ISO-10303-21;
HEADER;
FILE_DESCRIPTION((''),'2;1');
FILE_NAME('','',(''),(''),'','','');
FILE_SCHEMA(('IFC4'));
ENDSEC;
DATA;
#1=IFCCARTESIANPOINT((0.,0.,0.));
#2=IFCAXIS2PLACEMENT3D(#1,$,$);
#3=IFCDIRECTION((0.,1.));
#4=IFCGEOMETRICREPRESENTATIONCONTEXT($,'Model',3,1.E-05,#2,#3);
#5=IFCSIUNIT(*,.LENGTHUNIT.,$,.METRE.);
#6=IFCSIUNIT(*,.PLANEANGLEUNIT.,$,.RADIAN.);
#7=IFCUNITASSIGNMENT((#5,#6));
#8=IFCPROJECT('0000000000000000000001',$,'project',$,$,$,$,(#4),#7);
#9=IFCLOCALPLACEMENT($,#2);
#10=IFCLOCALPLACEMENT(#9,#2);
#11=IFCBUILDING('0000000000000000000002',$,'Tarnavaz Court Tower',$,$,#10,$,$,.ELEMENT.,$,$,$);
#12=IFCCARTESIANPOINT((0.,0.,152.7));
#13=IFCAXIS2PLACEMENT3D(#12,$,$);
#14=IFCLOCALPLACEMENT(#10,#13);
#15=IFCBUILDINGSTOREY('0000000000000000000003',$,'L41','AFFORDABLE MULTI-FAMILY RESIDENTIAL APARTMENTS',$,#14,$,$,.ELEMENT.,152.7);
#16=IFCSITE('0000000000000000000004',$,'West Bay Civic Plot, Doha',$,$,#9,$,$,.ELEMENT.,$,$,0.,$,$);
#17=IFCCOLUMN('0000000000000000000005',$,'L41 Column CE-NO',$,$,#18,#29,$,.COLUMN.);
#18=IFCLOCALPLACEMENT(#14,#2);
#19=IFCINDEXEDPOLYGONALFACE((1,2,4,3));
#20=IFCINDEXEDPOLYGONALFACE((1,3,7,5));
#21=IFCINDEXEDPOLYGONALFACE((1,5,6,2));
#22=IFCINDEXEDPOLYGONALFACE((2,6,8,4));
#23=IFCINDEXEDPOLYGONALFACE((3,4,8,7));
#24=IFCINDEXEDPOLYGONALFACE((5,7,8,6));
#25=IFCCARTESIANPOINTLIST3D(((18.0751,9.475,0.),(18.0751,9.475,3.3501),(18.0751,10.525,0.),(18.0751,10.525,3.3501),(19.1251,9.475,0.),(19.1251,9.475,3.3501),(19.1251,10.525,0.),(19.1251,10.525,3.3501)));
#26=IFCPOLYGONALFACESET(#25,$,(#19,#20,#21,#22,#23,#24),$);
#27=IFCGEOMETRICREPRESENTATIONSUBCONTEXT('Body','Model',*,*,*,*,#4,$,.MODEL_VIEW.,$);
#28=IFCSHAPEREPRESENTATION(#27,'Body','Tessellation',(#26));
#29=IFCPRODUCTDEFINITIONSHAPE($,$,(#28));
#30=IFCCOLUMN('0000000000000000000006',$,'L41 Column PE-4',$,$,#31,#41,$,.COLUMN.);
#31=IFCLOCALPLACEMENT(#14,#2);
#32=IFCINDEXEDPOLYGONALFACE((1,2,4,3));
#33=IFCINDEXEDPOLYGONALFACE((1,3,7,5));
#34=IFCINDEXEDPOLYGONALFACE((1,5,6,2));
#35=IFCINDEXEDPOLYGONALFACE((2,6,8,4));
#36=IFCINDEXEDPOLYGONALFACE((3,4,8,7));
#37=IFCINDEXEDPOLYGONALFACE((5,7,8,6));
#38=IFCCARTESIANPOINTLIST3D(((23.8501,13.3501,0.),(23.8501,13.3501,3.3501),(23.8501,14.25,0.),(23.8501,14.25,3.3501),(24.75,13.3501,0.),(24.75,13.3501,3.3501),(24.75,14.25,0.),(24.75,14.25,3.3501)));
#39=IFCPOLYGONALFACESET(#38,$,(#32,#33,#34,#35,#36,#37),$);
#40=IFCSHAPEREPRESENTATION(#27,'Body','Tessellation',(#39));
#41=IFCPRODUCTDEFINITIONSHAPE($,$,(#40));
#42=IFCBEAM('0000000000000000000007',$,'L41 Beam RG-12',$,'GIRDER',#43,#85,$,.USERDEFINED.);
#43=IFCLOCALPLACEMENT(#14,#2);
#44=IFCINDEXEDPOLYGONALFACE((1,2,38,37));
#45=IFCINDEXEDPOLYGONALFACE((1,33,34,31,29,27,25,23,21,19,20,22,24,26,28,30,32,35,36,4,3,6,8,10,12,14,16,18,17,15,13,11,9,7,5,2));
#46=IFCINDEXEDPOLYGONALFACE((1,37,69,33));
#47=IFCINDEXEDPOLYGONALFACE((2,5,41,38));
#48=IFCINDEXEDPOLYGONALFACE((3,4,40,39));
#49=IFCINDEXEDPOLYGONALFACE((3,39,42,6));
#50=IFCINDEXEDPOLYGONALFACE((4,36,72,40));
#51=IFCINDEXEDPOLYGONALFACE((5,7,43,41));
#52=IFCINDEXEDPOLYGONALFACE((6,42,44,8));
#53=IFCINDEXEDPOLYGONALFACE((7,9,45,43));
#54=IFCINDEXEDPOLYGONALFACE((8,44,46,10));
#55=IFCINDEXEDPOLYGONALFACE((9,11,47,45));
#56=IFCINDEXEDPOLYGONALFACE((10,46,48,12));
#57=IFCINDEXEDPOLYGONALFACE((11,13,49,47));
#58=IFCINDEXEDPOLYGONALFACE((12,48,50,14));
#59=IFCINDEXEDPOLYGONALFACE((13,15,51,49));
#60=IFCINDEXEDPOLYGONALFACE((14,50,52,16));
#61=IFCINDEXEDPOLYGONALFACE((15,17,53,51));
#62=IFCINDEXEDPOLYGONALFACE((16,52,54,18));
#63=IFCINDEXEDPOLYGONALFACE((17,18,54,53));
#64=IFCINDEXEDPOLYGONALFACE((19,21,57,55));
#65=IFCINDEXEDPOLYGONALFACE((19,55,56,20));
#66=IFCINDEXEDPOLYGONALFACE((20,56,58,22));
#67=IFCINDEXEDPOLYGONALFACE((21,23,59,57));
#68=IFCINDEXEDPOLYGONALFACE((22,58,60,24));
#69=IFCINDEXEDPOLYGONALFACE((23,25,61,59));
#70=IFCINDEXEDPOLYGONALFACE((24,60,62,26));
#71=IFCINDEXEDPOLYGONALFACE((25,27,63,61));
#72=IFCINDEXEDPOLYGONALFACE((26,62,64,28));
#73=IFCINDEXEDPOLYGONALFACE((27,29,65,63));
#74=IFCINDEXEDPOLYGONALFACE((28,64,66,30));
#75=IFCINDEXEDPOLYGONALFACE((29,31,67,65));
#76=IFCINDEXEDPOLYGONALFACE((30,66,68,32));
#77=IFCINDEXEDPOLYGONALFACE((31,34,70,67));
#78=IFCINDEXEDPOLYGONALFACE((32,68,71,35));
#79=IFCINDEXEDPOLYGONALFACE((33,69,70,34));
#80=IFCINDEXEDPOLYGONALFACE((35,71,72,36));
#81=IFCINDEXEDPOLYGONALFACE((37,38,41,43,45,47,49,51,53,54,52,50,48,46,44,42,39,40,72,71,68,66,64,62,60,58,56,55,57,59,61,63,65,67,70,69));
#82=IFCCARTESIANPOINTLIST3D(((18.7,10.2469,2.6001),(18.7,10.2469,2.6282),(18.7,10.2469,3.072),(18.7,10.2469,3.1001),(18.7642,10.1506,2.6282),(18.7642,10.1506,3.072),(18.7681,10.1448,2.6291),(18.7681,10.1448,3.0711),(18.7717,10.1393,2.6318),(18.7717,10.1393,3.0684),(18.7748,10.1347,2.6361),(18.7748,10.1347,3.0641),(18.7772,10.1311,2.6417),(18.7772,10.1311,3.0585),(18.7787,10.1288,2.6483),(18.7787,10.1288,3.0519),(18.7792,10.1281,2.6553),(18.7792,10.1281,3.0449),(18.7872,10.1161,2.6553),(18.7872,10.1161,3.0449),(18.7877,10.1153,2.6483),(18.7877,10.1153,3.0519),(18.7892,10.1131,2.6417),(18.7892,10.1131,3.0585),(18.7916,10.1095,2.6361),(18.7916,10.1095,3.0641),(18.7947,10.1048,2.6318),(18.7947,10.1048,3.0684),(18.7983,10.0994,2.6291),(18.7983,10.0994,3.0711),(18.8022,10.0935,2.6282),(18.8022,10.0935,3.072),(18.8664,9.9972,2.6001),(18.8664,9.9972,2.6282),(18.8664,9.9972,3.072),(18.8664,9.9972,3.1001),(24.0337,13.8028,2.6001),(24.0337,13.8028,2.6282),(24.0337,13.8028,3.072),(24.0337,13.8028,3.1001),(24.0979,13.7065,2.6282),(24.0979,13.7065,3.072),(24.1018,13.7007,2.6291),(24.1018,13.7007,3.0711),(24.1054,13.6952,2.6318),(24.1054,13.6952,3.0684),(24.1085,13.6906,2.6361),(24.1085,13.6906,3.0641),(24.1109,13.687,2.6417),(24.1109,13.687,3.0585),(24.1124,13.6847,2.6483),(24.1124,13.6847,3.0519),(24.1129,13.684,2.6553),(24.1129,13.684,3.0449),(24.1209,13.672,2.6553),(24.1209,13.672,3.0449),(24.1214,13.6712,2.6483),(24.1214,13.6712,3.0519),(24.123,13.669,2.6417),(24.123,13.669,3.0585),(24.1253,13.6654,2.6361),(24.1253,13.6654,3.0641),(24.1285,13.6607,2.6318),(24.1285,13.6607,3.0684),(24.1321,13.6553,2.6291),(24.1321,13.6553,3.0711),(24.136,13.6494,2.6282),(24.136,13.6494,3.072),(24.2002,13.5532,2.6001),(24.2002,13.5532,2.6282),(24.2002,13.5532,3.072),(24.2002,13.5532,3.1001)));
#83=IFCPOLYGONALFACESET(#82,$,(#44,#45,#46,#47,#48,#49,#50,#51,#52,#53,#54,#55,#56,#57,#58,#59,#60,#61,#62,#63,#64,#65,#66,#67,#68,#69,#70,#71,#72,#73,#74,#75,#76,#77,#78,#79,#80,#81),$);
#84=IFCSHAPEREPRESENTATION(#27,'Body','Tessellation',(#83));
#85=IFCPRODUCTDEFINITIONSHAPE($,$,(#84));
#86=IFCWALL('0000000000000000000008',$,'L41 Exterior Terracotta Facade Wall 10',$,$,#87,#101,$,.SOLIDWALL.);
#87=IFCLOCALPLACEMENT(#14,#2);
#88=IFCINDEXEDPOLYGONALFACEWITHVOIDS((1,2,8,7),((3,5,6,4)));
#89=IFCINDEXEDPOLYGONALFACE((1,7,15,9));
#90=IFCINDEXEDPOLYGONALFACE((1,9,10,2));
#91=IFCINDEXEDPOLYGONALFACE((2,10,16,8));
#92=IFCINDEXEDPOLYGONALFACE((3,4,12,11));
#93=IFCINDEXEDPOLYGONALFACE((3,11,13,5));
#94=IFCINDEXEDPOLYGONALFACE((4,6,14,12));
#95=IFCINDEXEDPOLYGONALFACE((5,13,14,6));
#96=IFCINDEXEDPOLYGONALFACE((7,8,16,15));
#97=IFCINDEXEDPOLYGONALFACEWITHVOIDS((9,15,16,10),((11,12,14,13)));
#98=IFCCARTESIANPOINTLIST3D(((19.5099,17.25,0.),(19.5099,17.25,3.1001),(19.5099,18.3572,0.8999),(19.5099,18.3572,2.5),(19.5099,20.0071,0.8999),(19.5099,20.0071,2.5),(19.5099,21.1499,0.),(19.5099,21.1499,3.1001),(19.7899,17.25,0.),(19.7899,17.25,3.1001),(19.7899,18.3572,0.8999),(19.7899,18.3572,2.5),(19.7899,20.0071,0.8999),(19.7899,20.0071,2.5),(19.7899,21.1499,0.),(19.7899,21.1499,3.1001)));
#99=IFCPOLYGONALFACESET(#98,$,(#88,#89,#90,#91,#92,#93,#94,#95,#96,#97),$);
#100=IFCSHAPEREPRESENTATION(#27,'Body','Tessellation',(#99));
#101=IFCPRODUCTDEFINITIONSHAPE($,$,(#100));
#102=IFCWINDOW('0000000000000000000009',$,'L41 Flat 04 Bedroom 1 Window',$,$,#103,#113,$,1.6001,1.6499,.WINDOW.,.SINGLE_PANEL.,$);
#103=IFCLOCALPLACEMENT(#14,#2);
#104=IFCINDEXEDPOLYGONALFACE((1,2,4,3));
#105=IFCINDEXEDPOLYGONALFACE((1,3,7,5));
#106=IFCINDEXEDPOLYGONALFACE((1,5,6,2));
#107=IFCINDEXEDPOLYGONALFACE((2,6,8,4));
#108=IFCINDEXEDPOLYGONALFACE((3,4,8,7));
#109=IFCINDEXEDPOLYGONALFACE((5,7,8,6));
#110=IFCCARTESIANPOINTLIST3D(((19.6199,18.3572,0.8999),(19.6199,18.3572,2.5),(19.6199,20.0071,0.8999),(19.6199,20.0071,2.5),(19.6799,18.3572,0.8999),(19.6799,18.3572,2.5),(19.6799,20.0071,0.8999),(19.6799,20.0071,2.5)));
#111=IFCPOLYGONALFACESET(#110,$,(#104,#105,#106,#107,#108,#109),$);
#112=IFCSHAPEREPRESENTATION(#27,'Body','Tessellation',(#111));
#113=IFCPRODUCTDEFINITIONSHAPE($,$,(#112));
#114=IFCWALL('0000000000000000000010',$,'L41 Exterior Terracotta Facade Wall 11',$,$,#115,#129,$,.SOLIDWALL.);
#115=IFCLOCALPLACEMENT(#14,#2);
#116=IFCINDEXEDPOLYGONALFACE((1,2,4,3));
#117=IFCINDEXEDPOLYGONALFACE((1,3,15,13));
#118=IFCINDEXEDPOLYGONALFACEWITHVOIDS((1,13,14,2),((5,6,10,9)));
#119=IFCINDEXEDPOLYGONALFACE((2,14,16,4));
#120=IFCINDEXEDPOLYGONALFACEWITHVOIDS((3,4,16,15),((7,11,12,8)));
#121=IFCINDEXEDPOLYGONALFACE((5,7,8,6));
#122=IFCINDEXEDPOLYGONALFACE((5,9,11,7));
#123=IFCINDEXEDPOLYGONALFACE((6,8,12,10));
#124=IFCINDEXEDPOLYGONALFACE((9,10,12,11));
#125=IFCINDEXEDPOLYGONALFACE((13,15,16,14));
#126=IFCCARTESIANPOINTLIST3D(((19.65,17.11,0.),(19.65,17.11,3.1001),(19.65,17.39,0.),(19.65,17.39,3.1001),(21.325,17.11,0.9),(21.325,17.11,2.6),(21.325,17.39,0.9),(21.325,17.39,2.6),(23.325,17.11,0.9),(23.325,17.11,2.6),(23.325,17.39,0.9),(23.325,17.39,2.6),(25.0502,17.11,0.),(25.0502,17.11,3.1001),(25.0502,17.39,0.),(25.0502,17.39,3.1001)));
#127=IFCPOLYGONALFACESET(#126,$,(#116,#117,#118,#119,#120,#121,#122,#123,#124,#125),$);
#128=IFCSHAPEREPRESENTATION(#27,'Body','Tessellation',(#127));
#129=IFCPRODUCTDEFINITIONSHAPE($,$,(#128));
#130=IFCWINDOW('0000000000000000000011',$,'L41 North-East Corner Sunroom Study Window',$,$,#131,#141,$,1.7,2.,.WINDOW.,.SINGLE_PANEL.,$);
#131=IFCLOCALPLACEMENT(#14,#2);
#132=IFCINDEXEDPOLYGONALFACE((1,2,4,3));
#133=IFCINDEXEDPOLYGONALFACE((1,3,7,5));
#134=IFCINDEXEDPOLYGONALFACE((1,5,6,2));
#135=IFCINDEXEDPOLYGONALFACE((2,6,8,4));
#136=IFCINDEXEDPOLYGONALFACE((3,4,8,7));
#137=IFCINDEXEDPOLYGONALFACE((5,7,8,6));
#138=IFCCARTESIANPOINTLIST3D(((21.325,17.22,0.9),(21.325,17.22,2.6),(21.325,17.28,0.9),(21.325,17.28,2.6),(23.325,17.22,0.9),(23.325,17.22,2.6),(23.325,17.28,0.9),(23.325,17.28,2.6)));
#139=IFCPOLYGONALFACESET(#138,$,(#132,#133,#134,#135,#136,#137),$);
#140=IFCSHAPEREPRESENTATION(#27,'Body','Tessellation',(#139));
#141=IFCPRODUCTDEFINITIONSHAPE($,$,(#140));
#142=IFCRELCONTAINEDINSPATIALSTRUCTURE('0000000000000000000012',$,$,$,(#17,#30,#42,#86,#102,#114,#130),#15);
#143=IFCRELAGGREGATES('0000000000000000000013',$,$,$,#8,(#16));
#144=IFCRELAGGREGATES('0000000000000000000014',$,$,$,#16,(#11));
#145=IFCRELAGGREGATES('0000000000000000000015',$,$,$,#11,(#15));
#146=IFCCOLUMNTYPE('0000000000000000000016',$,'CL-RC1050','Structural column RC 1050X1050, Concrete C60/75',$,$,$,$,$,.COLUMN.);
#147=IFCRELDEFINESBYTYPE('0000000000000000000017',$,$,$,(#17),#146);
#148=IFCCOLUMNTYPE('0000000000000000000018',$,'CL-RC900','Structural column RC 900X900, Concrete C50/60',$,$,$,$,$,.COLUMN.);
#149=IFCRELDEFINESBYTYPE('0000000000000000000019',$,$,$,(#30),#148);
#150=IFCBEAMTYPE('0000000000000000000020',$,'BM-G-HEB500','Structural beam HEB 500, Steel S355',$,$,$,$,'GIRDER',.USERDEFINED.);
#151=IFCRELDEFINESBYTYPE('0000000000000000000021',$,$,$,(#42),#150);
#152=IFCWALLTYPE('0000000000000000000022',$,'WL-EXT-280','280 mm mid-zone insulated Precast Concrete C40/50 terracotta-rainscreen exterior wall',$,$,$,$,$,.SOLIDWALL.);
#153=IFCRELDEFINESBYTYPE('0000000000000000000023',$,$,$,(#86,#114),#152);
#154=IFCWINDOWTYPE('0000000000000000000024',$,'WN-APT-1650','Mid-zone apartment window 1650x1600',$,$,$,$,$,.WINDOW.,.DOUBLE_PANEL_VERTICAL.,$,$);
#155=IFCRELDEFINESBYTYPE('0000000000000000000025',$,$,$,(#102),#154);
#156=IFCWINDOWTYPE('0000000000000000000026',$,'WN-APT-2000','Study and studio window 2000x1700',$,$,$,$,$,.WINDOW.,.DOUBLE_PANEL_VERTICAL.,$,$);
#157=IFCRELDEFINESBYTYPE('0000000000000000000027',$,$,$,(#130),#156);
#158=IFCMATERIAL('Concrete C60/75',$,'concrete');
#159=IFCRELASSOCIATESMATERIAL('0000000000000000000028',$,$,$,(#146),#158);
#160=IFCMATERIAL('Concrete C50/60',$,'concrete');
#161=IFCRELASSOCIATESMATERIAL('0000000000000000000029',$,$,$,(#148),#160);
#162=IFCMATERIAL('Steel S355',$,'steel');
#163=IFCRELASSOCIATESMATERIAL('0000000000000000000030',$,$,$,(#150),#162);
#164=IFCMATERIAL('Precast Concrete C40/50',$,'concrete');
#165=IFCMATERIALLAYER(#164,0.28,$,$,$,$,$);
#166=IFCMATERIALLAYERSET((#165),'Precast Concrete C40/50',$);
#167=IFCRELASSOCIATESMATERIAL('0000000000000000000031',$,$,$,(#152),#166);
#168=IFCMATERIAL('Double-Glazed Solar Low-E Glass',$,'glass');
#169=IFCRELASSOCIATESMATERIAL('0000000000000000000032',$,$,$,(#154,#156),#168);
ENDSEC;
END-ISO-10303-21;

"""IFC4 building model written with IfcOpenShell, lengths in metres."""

from ifc_helpers import new_model, si_unit, direction, frame, frame_2d, origin, origin_2d, place, context, subcontext, project, spatial, rectangle, i_section, extrude, material, layer, layer_set, material_profile, profile_set, type_object, element, fill, save


model = new_model("IFC4")

# Units and contexts
model_context = context("Model", 3, precision=1e-05, world=origin(), true_north=direction((0.0, 1.0)))
body_context = subcontext(model_context, "Body", "Model", "MODEL_VIEW")
ifc_project = project(units=[si_unit("LENGTHUNIT", "METRE"), si_unit("PLANEANGLEUNIT", "RADIAN")], contexts=[model_context])

# Site, building, storey
site_placement = place(None, origin())
site = spatial("IfcSite", under=ifc_project, at=site_placement, Name="West Bay Civic Plot, Doha", CompositionType="ELEMENT", RefElevation=0.0)
building_placement = place(site_placement, origin())
building = spatial("IfcBuilding", under=site, at=building_placement, Name="Tarnavaz Court Tower", CompositionType="ELEMENT")
storey_placement = place(building_placement, frame((0.0, 0.0, 152.7)))
storey = spatial("IfcBuildingStorey", under=building, at=storey_placement, Name="L41", Description="AFFORDABLE MULTI-FAMILY RESIDENTIAL APARTMENTS", CompositionType="ELEMENT", Elevation=152.7)

# Columns
ifc_material_1 = material(Name="Concrete C60/75", Category="concrete")
ifc_material_profile_1 = material_profile(ifc_material_1, rectangle(XDim=1.05, YDim=1.05, at=origin_2d()), Name="RC 1050X1050")
ifc_profile_set_1 = profile_set([ifc_material_profile_1], Name="Concrete C60/75")
column_type_1 = type_object("IfcColumnType", Name="CL-RC1050", Description="Structural column RC 1050X1050, Concrete C60/75", PredefinedType="COLUMN", material=ifc_profile_set_1)
column_1_placement = place(storey_placement, frame((18.6001, 10.0, 0.0), z_axis=(0.0, 0.0, 1.0), x_axis=(1.0, 0.0, 0.0)))
element("IfcColumn", 1, at=column_1_placement, inside=storey, type_object=column_type_1, Name="L41 Column CE-NO", PredefinedType="COLUMN", context=body_context, shape_type="SweptSolid", body=[
    extrude(rectangle(XDim=1.05, YDim=1.05, at=origin_2d()), origin(), (0.0, 0.0, 1.0), 3.3501),
])
ifc_material_2 = material(Name="Concrete C50/60", Category="concrete")
ifc_material_profile_2 = material_profile(ifc_material_2, rectangle(XDim=0.8999, YDim=0.8999, at=origin_2d()), Name="RC 900X900")
ifc_profile_set_2 = profile_set([ifc_material_profile_2], Name="Concrete C50/60")
column_type_2 = type_object("IfcColumnType", Name="CL-RC900", Description="Structural column RC 900X900, Concrete C50/60", PredefinedType="COLUMN", material=ifc_profile_set_2)
column_2_placement = place(storey_placement, frame((24.3, 13.8, 0.0), z_axis=(0.0, 0.0, 1.0), x_axis=(1.0, 0.0, 0.0)))
element("IfcColumn", 2, at=column_2_placement, inside=storey, type_object=column_type_2, Name="L41 Column PE-4", PredefinedType="COLUMN", context=body_context, shape_type="SweptSolid", body=[
    extrude(rectangle(XDim=0.8999, YDim=0.8999, at=origin_2d()), origin(), (0.0, 0.0, 1.0), 3.3501),
])

# Beam
ifc_material_3 = material(Name="Steel S355", Category="steel")
ifc_material_profile_3 = material_profile(ifc_material_3, i_section(OverallWidth=0.3, OverallDepth=0.5, WebThickness=0.0144, FlangeThickness=0.0281, FilletRadius=0.0271, at=origin_2d()), Name="HEB 500")
ifc_profile_set_3 = profile_set([ifc_material_profile_3], Name="Steel S355")
beam_type = type_object("IfcBeamType", Name="BM-G-HEB500", Description="Structural beam HEB 500, Steel S355", ElementType="GIRDER", PredefinedType="USERDEFINED", material=ifc_profile_set_3)
beam_placement = place(storey_placement, frame((18.7832, 10.1221, 2.8501), z_axis=(0.832044, 0.554709, 0.0), x_axis=(-0.554709, 0.832044, 0.0)))
element("IfcBeam", 3, at=beam_placement, inside=storey, type_object=beam_type, Name="L41 Beam RG-12", ObjectType="GIRDER", PredefinedType="USERDEFINED", context=body_context, shape_type="SweptSolid", body=[
    extrude(i_section(OverallWidth=0.3, OverallDepth=0.5, WebThickness=0.0144, FlangeThickness=0.0281, FilletRadius=0.0271, at=origin_2d()), origin(), (0.0, 0.0, 1.0), 6.4104),
])

# Walls, openings, windows
ifc_material_4 = material(Name="Precast Concrete C40/50", Category="concrete")
ifc_layer_1 = layer(ifc_material_4, 0.28)
ifc_layer_set_1 = layer_set([ifc_layer_1], Name="Precast Concrete C40/50")
wall_type_1 = type_object("IfcWallType", Name="WL-EXT-280", Description="280 mm mid-zone insulated Precast Concrete C40/50 terracotta-rainscreen exterior wall", PredefinedType="SOLIDWALL", material=ifc_layer_set_1)
wall_1_placement = place(storey_placement, frame((19.6499, 21.1499, 0.0), z_axis=(0.0, 0.0, 1.0), x_axis=(0.0, -1.0, 0.0)))
wall_1 = element("IfcWall", 4, at=wall_1_placement, inside=storey, type_object=wall_type_1, Name="L41 Exterior Terracotta Facade Wall 10", PredefinedType="SOLIDWALL", context=body_context, shape_type="SweptSolid", body=[
    extrude(rectangle(XDim=3.8999, YDim=0.28, at=frame_2d((1.95, 0.0))), origin(), (0.0, 0.0, 1.0), 3.1001),
])
opening_1_placement = place(wall_1_placement, frame((1.1428, 0.0, 0.8999)))
opening_1 = element("IfcOpeningElement", 5, at=opening_1_placement, cuts=wall_1, PredefinedType="OPENING", context=body_context, shape_type="SweptSolid", body=[
    extrude(rectangle(XDim=1.6499, YDim=1.6001, at=frame_2d((0.825, 0.8))), frame((0.0, 0.1499, 0.0), z_axis=(0.0, -1.0, 0.0), x_axis=(1.0, 0.0, 0.0)), (0.0, 0.0, 1.0), 0.3),
])
ifc_material_5 = material(Name="Double-Glazed Solar Low-E Glass", Category="glass")
window_type_1 = type_object("IfcWindowType", Name="WN-APT-1650", Description="Mid-zone apartment window 1650x1600", PartitioningType="DOUBLE_PANEL_VERTICAL", PredefinedType="WINDOW", material=ifc_material_5)
window_1_placement = place(opening_1_placement, origin())
window_1 = element("IfcWindow", 6, at=window_1_placement, inside=storey, type_object=window_type_1, Name="L41 Flat 04 Bedroom 1 Window", OverallHeight=1.6001, OverallWidth=1.6499, PartitioningType="SINGLE_PANEL", PredefinedType="WINDOW", context=body_context, shape_type="SweptSolid", body=[
    extrude(rectangle(XDim=1.6499, YDim=1.6001, at=frame_2d((0.825, 0.8))), frame((0.0, 0.03, 0.0), z_axis=(0.0, -1.0, 0.0), x_axis=(1.0, 0.0, 0.0)), (0.0, 0.0, 1.0), 0.0601),
])
fill(opening_1, window_1)
wall_2_placement = place(storey_placement, frame((19.6499, 17.25, 0.0), z_axis=(0.0, 0.0, 1.0), x_axis=(1.0, 0.0, 0.0)))
wall_2 = element("IfcWall", 7, at=wall_2_placement, inside=storey, type_object=wall_type_1, Name="L41 Exterior Terracotta Facade Wall 11", PredefinedType="SOLIDWALL", context=body_context, shape_type="SweptSolid", body=[
    extrude(rectangle(XDim=5.4001, YDim=0.28, at=frame_2d((2.7002, 0.0))), origin(), (0.0, 0.0, 1.0), 3.1001),
])
opening_2_placement = place(wall_2_placement, frame((1.675, 0.0, 0.8999)))
opening_2 = element("IfcOpeningElement", 8, at=opening_2_placement, cuts=wall_2, PredefinedType="OPENING", context=body_context, shape_type="SweptSolid", body=[
    extrude(rectangle(XDim=2.0, YDim=1.7, at=frame_2d((1.0, 0.8501))), frame((0.0, 0.1499, 0.0), z_axis=(0.0, -1.0, 0.0), x_axis=(1.0, 0.0, 0.0)), (0.0, 0.0, 1.0), 0.3),
])
window_type_2 = type_object("IfcWindowType", Name="WN-APT-2000", Description="Study and studio window 2000x1700", PartitioningType="DOUBLE_PANEL_VERTICAL", PredefinedType="WINDOW", material=ifc_material_5)
window_2_placement = place(opening_2_placement, origin())
window_2 = element("IfcWindow", 9, at=window_2_placement, inside=storey, type_object=window_type_2, Name="L41 North-East Corner Sunroom Study Window", OverallHeight=1.7, OverallWidth=2.0, PartitioningType="SINGLE_PANEL", PredefinedType="WINDOW", context=body_context, shape_type="SweptSolid", body=[
    extrude(rectangle(XDim=2.0, YDim=1.7, at=frame_2d((1.0, 0.8501))), frame((0.0, 0.03, 0.0), z_axis=(0.0, -1.0, 0.0), x_axis=(1.0, 0.0, 0.0)), (0.0, 0.0, 1.0), 0.0601),
])
fill(opening_2, window_2)

save(model, "model.ifc")
